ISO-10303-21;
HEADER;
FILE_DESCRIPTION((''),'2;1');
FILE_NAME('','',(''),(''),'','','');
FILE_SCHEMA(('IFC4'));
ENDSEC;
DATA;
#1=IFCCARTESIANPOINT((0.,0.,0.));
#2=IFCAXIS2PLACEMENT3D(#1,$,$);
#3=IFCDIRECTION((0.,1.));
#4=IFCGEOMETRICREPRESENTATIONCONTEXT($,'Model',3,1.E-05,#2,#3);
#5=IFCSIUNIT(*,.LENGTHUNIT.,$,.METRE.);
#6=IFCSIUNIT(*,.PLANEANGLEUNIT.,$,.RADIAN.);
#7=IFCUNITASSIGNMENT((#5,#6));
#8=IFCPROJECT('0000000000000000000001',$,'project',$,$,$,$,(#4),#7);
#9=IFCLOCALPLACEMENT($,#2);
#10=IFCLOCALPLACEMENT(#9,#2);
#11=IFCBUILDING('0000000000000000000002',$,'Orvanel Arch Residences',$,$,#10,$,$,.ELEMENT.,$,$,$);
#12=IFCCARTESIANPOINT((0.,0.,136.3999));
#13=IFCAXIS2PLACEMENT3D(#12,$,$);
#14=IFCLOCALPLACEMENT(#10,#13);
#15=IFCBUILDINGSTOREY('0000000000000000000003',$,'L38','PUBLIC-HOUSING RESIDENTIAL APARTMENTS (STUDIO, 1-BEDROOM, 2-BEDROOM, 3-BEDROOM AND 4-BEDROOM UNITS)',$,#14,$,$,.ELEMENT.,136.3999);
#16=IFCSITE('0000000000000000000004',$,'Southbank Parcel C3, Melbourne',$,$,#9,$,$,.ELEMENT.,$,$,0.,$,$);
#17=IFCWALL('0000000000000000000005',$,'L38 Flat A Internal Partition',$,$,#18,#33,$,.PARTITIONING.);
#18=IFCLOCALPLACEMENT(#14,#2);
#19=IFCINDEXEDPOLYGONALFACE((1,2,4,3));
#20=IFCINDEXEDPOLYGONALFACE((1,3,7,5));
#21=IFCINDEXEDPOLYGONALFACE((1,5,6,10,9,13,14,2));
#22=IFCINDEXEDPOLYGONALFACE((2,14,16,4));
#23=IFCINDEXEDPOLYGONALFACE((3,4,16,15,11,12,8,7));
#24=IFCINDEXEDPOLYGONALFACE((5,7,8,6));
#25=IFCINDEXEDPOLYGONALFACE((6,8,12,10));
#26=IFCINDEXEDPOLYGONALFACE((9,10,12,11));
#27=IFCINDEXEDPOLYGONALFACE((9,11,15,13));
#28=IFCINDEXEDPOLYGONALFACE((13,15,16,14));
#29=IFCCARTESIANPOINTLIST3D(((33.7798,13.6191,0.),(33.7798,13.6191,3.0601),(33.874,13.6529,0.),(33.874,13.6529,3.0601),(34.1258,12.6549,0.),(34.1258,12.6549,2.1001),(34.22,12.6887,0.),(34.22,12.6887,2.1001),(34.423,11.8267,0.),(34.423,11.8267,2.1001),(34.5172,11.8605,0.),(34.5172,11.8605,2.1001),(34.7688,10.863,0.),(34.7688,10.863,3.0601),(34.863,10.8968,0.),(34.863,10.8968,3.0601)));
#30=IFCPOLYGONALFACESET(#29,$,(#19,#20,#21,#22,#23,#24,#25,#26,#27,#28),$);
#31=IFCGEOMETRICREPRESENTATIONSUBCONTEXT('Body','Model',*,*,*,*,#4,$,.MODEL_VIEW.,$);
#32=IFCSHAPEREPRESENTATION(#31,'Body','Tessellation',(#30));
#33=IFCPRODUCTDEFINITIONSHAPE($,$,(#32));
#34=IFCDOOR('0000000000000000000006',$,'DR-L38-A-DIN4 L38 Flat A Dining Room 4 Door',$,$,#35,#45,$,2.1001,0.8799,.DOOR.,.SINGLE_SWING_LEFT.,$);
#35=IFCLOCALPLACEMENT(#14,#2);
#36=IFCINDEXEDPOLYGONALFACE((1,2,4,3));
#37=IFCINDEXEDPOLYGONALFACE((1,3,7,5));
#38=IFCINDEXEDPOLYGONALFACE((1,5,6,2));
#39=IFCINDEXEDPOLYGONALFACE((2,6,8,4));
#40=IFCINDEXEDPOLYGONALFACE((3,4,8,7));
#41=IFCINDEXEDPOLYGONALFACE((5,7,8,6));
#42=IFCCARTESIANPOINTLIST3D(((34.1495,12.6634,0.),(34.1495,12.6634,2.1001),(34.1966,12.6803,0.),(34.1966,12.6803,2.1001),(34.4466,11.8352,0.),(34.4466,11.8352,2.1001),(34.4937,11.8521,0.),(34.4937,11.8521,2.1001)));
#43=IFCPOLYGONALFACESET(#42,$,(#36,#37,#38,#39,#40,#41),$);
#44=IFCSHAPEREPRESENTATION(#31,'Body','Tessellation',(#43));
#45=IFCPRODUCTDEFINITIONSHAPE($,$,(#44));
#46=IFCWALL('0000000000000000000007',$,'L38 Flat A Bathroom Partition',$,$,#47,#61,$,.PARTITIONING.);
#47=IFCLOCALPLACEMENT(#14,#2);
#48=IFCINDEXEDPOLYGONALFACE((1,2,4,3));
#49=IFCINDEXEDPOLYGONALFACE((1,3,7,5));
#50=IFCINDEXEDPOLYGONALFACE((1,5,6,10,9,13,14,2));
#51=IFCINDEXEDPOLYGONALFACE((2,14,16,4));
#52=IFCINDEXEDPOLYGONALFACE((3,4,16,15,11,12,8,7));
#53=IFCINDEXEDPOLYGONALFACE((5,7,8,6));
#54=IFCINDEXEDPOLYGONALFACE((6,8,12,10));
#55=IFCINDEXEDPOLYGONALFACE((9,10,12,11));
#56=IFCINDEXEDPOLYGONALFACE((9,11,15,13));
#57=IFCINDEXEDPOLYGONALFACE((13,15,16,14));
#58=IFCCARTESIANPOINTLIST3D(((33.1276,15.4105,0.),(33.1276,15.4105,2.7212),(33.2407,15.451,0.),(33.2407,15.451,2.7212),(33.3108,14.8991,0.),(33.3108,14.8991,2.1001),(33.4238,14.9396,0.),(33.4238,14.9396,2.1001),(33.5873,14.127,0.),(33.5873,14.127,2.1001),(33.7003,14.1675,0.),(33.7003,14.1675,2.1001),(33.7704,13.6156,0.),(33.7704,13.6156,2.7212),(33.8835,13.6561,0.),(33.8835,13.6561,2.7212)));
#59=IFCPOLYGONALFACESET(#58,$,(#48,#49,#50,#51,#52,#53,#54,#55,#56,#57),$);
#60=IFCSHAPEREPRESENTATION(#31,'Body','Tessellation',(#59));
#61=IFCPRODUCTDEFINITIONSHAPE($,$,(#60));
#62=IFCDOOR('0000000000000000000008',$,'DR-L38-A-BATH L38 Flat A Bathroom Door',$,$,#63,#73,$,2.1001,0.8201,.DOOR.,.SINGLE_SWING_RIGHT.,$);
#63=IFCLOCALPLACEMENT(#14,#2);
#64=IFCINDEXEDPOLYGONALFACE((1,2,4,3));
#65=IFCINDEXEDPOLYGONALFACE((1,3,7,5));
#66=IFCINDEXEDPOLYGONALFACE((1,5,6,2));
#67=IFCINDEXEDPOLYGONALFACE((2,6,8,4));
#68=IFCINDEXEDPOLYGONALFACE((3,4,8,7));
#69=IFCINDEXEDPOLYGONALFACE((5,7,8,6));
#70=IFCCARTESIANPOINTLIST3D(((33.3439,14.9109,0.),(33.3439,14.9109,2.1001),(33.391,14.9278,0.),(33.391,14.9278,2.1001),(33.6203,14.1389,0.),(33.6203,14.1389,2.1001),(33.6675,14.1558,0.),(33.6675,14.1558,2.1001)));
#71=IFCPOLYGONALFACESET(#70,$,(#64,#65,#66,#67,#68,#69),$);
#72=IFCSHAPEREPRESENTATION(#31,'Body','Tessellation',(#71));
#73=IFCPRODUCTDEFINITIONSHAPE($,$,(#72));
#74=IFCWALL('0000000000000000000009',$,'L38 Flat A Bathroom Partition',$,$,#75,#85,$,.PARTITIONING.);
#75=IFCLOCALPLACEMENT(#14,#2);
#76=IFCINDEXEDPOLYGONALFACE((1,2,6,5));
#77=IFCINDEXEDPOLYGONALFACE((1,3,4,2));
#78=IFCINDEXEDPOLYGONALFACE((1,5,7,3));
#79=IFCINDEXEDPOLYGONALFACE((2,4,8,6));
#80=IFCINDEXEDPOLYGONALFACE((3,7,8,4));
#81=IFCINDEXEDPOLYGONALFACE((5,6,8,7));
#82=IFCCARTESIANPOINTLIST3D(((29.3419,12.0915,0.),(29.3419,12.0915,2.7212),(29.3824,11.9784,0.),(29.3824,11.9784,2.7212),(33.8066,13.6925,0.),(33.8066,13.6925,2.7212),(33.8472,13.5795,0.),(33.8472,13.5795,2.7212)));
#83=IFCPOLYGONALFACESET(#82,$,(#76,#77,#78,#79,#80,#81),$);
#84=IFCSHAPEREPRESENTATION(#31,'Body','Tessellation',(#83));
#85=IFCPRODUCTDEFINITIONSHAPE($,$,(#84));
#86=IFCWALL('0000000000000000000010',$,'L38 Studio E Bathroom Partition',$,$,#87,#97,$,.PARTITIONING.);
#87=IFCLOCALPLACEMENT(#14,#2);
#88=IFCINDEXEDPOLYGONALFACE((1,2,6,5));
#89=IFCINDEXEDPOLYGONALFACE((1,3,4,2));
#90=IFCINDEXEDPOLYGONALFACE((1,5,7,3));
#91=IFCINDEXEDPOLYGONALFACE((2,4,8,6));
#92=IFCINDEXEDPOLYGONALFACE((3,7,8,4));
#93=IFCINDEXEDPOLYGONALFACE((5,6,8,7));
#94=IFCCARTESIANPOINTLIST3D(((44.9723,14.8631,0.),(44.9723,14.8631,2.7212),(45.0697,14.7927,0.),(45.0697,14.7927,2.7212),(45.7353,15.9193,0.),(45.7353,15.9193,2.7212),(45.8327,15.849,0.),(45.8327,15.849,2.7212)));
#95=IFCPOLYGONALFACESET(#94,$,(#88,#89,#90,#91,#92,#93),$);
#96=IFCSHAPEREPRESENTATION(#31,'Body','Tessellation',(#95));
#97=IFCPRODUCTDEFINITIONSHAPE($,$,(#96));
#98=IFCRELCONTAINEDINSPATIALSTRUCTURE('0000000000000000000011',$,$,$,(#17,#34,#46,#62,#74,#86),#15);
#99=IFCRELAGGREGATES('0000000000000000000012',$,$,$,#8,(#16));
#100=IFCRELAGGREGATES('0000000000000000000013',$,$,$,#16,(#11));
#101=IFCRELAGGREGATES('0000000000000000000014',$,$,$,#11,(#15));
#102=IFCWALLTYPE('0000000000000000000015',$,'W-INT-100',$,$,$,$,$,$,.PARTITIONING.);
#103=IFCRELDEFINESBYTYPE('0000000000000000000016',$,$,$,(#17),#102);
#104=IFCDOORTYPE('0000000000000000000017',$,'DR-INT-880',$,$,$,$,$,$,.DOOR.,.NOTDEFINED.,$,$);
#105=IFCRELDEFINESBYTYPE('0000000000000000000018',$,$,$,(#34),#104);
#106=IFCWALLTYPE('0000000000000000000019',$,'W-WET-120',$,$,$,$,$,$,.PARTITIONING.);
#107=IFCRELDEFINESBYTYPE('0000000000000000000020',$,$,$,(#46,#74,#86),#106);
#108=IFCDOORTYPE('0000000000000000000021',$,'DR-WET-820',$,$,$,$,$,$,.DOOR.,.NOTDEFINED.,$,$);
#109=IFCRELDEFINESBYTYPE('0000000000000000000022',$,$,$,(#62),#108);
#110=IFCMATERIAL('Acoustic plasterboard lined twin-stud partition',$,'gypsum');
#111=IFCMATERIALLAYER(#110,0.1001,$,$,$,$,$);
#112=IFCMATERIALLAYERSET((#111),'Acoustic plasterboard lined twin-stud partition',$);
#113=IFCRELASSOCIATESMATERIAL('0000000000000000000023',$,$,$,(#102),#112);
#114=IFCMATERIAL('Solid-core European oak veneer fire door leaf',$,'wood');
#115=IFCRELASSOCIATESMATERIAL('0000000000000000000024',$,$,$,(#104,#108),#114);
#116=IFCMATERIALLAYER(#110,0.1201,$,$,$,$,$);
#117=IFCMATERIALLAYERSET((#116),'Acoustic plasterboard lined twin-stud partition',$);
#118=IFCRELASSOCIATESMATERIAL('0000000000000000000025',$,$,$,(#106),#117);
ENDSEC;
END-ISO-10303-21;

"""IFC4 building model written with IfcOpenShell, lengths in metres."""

from ifc_helpers import new_model, si_unit, direction, frame, frame_2d, origin, place, context, subcontext, project, spatial, rectangle, extrude, material, layer, layer_set, type_object, element, fill, save


model = new_model("IFC4")

# Units and contexts
model_context = context("Model", 3, precision=1e-05, world=origin(), true_north=direction((0.0, 1.0)))
body_context = subcontext(model_context, "Body", "Model", "MODEL_VIEW")
ifc_project = project(units=[si_unit("LENGTHUNIT", "METRE"), si_unit("PLANEANGLEUNIT", "RADIAN")], contexts=[model_context])

# Site, building, storey
site_placement = place(None, origin())
site = spatial("IfcSite", under=ifc_project, at=site_placement, Name="Southbank Parcel C3, Melbourne", CompositionType="ELEMENT", RefElevation=0.0)
building_placement = place(site_placement, origin())
building = spatial("IfcBuilding", under=site, at=building_placement, Name="Orvanel Arch Residences", CompositionType="ELEMENT")
storey_placement = place(building_placement, frame((0.0, 0.0, 136.3999)))
storey = spatial("IfcBuildingStorey", under=building, at=storey_placement, Name="L38", Description="PUBLIC-HOUSING RESIDENTIAL APARTMENTS (STUDIO, 1-BEDROOM, 2-BEDROOM, 3-BEDROOM AND 4-BEDROOM UNITS)", CompositionType="ELEMENT", Elevation=136.3999)

# Walls, openings, doors
ifc_material_1 = material(Name="Acoustic plasterboard lined twin-stud partition", Category="gypsum")
ifc_layer_1 = layer(ifc_material_1, 0.1001)
ifc_layer_set_1 = layer_set([ifc_layer_1], Name="Acoustic plasterboard lined twin-stud partition")
wall_type_1 = type_object("IfcWallType", Name="W-INT-100", PredefinedType="PARTITIONING", material=ifc_layer_set_1)
ifc_material_2 = material(Name="Solid-core European oak veneer fire door leaf", Category="wood")
door_type_1 = type_object("IfcDoorType", Name="DR-INT-880", OperationType="NOTDEFINED", PredefinedType="DOOR", material=ifc_material_2)
wall_1_placement = place(storey_placement, frame((34.8159, 10.8799, 0.0), z_axis=(0.0, 0.0, 1.0), x_axis=(-0.337757, 0.941233, 0.0)))
wall_1 = element("IfcWall", 1, at=wall_1_placement, inside=storey, type_object=wall_type_1, Name="L38 Flat A Internal Partition", PredefinedType="PARTITIONING", context=body_context, shape_type="SweptSolid", body=[
    extrude(rectangle(XDim=2.9282, YDim=0.1001, at=frame_2d((1.4641, 0.0))), origin(), (0.0, 0.0, 1.0), 3.0601),
])
opening_1_placement = place(wall_1_placement, frame((1.0239, 0.0, 0.0)))
opening_1 = element("IfcOpeningElement", 2, at=opening_1_placement, cuts=wall_1, PredefinedType="OPENING", context=body_context, shape_type="SweptSolid", body=[
    extrude(rectangle(XDim=0.8799, YDim=2.1001, at=frame_2d((0.4399, 1.05))), frame((0.0, 0.0601, 0.0), z_axis=(0.0, -1.0, 0.0), x_axis=(1.0, 0.0, 0.0)), (0.0, 0.0, 1.0), 0.1201),
])
door_1_placement = place(opening_1_placement, origin())
door_1 = element("IfcDoor", 3, at=door_1_placement, inside=storey, type_object=door_type_1, Name="DR-L38-A-DIN4 L38 Flat A Dining Room 4 Door", OperationType="SINGLE_SWING_LEFT", OverallHeight=2.1001, OverallWidth=0.8799, PredefinedType="DOOR", context=body_context, shape_type="SweptSolid", body=[
    extrude(rectangle(XDim=0.8799, YDim=2.1001, at=frame_2d((0.4399, 1.05))), frame((0.0, 0.0249, 0.0), z_axis=(0.0, -1.0, 0.0), x_axis=(1.0, 0.0, 0.0)), (0.0, 0.0, 1.0), 0.05),
])
fill(opening_1, door_1)
ifc_layer_2 = layer(ifc_material_1, 0.1201)
ifc_layer_set_2 = layer_set([ifc_layer_2], Name="Acoustic plasterboard lined twin-stud partition")
wall_type_2 = type_object("IfcWallType", Name="W-WET-120", PredefinedType="PARTITIONING", material=ifc_layer_set_2)
wall_2_placement = place(storey_placement, frame((33.8269, 13.636, 0.0), z_axis=(0.0, 0.0, 1.0), x_axis=(-0.337164, 0.941446, 0.0)))
wall_2 = element("IfcWall", 4, at=wall_2_placement, inside=storey, type_object=wall_type_2, Name="L38 Flat A Bathroom Partition", PredefinedType="PARTITIONING", context=body_context, shape_type="SweptSolid", body=[
    extrude(rectangle(XDim=1.9065, YDim=0.1201, at=frame_2d((0.9531, 0.0))), origin(), (0.0, 0.0, 1.0), 2.7212),
])
opening_2_placement = place(wall_2_placement, frame((0.543, 0.0, 0.0)))
opening_2 = element("IfcOpeningElement", 5, at=opening_2_placement, cuts=wall_2, PredefinedType="OPENING", context=body_context, shape_type="SweptSolid", body=[
    extrude(rectangle(XDim=0.8201, YDim=2.1001, at=frame_2d((0.4102, 1.05))), frame((0.0, 0.0701, 0.0), z_axis=(0.0, -1.0, 0.0), x_axis=(1.0, 0.0, 0.0)), (0.0, 0.0, 1.0), 0.1401),
])
door_type_2 = type_object("IfcDoorType", Name="DR-WET-820", OperationType="NOTDEFINED", PredefinedType="DOOR", material=ifc_material_2)
door_2_placement = place(opening_2_placement, origin())
door_2 = element("IfcDoor", 6, at=door_2_placement, inside=storey, type_object=door_type_2, Name="DR-L38-A-BATH L38 Flat A Bathroom Door", OperationType="SINGLE_SWING_RIGHT", OverallHeight=2.1001, OverallWidth=0.8201, PredefinedType="DOOR", context=body_context, shape_type="SweptSolid", body=[
    extrude(rectangle(XDim=0.8201, YDim=2.1001, at=frame_2d((0.4102, 1.05))), frame((0.0, 0.0249, 0.0), z_axis=(0.0, -1.0, 0.0), x_axis=(1.0, 0.0, 0.0)), (0.0, 0.0, 1.0), 0.05),
])
fill(opening_2, door_2)

# Walls
wall_3_placement = place(storey_placement, frame((33.8269, 13.636, 0.0), z_axis=(0.0, 0.0, 1.0), x_axis=(-0.941308, -0.337549, 0.0)))
element("IfcWall", 7, at=wall_3_placement, inside=storey, type_object=wall_type_2, Name="L38 Flat A Bathroom Partition", PredefinedType="PARTITIONING", context=body_context, shape_type="SweptSolid", body=[
    extrude(rectangle(XDim=4.7432, YDim=0.1201, at=frame_2d((2.3716, 0.0))), origin(), (0.0, 0.0, 1.0), 2.7212),
])
wall_4_placement = place(storey_placement, frame((45.7839, 15.884, 0.0), z_axis=(0.0, 0.0, 1.0), x_axis=(-0.585573, -0.81062, 0.0)))
element("IfcWall", 8, at=wall_4_placement, inside=storey, type_object=wall_type_2, Name="L38 Studio E Bathroom Partition", PredefinedType="PARTITIONING", context=body_context, shape_type="SweptSolid", body=[
    extrude(rectangle(XDim=1.303, YDim=0.1201, at=frame_2d((0.6514, 0.0))), origin(), (0.0, 0.0, 1.0), 2.7212),
])

save(model, "model.ifc")
